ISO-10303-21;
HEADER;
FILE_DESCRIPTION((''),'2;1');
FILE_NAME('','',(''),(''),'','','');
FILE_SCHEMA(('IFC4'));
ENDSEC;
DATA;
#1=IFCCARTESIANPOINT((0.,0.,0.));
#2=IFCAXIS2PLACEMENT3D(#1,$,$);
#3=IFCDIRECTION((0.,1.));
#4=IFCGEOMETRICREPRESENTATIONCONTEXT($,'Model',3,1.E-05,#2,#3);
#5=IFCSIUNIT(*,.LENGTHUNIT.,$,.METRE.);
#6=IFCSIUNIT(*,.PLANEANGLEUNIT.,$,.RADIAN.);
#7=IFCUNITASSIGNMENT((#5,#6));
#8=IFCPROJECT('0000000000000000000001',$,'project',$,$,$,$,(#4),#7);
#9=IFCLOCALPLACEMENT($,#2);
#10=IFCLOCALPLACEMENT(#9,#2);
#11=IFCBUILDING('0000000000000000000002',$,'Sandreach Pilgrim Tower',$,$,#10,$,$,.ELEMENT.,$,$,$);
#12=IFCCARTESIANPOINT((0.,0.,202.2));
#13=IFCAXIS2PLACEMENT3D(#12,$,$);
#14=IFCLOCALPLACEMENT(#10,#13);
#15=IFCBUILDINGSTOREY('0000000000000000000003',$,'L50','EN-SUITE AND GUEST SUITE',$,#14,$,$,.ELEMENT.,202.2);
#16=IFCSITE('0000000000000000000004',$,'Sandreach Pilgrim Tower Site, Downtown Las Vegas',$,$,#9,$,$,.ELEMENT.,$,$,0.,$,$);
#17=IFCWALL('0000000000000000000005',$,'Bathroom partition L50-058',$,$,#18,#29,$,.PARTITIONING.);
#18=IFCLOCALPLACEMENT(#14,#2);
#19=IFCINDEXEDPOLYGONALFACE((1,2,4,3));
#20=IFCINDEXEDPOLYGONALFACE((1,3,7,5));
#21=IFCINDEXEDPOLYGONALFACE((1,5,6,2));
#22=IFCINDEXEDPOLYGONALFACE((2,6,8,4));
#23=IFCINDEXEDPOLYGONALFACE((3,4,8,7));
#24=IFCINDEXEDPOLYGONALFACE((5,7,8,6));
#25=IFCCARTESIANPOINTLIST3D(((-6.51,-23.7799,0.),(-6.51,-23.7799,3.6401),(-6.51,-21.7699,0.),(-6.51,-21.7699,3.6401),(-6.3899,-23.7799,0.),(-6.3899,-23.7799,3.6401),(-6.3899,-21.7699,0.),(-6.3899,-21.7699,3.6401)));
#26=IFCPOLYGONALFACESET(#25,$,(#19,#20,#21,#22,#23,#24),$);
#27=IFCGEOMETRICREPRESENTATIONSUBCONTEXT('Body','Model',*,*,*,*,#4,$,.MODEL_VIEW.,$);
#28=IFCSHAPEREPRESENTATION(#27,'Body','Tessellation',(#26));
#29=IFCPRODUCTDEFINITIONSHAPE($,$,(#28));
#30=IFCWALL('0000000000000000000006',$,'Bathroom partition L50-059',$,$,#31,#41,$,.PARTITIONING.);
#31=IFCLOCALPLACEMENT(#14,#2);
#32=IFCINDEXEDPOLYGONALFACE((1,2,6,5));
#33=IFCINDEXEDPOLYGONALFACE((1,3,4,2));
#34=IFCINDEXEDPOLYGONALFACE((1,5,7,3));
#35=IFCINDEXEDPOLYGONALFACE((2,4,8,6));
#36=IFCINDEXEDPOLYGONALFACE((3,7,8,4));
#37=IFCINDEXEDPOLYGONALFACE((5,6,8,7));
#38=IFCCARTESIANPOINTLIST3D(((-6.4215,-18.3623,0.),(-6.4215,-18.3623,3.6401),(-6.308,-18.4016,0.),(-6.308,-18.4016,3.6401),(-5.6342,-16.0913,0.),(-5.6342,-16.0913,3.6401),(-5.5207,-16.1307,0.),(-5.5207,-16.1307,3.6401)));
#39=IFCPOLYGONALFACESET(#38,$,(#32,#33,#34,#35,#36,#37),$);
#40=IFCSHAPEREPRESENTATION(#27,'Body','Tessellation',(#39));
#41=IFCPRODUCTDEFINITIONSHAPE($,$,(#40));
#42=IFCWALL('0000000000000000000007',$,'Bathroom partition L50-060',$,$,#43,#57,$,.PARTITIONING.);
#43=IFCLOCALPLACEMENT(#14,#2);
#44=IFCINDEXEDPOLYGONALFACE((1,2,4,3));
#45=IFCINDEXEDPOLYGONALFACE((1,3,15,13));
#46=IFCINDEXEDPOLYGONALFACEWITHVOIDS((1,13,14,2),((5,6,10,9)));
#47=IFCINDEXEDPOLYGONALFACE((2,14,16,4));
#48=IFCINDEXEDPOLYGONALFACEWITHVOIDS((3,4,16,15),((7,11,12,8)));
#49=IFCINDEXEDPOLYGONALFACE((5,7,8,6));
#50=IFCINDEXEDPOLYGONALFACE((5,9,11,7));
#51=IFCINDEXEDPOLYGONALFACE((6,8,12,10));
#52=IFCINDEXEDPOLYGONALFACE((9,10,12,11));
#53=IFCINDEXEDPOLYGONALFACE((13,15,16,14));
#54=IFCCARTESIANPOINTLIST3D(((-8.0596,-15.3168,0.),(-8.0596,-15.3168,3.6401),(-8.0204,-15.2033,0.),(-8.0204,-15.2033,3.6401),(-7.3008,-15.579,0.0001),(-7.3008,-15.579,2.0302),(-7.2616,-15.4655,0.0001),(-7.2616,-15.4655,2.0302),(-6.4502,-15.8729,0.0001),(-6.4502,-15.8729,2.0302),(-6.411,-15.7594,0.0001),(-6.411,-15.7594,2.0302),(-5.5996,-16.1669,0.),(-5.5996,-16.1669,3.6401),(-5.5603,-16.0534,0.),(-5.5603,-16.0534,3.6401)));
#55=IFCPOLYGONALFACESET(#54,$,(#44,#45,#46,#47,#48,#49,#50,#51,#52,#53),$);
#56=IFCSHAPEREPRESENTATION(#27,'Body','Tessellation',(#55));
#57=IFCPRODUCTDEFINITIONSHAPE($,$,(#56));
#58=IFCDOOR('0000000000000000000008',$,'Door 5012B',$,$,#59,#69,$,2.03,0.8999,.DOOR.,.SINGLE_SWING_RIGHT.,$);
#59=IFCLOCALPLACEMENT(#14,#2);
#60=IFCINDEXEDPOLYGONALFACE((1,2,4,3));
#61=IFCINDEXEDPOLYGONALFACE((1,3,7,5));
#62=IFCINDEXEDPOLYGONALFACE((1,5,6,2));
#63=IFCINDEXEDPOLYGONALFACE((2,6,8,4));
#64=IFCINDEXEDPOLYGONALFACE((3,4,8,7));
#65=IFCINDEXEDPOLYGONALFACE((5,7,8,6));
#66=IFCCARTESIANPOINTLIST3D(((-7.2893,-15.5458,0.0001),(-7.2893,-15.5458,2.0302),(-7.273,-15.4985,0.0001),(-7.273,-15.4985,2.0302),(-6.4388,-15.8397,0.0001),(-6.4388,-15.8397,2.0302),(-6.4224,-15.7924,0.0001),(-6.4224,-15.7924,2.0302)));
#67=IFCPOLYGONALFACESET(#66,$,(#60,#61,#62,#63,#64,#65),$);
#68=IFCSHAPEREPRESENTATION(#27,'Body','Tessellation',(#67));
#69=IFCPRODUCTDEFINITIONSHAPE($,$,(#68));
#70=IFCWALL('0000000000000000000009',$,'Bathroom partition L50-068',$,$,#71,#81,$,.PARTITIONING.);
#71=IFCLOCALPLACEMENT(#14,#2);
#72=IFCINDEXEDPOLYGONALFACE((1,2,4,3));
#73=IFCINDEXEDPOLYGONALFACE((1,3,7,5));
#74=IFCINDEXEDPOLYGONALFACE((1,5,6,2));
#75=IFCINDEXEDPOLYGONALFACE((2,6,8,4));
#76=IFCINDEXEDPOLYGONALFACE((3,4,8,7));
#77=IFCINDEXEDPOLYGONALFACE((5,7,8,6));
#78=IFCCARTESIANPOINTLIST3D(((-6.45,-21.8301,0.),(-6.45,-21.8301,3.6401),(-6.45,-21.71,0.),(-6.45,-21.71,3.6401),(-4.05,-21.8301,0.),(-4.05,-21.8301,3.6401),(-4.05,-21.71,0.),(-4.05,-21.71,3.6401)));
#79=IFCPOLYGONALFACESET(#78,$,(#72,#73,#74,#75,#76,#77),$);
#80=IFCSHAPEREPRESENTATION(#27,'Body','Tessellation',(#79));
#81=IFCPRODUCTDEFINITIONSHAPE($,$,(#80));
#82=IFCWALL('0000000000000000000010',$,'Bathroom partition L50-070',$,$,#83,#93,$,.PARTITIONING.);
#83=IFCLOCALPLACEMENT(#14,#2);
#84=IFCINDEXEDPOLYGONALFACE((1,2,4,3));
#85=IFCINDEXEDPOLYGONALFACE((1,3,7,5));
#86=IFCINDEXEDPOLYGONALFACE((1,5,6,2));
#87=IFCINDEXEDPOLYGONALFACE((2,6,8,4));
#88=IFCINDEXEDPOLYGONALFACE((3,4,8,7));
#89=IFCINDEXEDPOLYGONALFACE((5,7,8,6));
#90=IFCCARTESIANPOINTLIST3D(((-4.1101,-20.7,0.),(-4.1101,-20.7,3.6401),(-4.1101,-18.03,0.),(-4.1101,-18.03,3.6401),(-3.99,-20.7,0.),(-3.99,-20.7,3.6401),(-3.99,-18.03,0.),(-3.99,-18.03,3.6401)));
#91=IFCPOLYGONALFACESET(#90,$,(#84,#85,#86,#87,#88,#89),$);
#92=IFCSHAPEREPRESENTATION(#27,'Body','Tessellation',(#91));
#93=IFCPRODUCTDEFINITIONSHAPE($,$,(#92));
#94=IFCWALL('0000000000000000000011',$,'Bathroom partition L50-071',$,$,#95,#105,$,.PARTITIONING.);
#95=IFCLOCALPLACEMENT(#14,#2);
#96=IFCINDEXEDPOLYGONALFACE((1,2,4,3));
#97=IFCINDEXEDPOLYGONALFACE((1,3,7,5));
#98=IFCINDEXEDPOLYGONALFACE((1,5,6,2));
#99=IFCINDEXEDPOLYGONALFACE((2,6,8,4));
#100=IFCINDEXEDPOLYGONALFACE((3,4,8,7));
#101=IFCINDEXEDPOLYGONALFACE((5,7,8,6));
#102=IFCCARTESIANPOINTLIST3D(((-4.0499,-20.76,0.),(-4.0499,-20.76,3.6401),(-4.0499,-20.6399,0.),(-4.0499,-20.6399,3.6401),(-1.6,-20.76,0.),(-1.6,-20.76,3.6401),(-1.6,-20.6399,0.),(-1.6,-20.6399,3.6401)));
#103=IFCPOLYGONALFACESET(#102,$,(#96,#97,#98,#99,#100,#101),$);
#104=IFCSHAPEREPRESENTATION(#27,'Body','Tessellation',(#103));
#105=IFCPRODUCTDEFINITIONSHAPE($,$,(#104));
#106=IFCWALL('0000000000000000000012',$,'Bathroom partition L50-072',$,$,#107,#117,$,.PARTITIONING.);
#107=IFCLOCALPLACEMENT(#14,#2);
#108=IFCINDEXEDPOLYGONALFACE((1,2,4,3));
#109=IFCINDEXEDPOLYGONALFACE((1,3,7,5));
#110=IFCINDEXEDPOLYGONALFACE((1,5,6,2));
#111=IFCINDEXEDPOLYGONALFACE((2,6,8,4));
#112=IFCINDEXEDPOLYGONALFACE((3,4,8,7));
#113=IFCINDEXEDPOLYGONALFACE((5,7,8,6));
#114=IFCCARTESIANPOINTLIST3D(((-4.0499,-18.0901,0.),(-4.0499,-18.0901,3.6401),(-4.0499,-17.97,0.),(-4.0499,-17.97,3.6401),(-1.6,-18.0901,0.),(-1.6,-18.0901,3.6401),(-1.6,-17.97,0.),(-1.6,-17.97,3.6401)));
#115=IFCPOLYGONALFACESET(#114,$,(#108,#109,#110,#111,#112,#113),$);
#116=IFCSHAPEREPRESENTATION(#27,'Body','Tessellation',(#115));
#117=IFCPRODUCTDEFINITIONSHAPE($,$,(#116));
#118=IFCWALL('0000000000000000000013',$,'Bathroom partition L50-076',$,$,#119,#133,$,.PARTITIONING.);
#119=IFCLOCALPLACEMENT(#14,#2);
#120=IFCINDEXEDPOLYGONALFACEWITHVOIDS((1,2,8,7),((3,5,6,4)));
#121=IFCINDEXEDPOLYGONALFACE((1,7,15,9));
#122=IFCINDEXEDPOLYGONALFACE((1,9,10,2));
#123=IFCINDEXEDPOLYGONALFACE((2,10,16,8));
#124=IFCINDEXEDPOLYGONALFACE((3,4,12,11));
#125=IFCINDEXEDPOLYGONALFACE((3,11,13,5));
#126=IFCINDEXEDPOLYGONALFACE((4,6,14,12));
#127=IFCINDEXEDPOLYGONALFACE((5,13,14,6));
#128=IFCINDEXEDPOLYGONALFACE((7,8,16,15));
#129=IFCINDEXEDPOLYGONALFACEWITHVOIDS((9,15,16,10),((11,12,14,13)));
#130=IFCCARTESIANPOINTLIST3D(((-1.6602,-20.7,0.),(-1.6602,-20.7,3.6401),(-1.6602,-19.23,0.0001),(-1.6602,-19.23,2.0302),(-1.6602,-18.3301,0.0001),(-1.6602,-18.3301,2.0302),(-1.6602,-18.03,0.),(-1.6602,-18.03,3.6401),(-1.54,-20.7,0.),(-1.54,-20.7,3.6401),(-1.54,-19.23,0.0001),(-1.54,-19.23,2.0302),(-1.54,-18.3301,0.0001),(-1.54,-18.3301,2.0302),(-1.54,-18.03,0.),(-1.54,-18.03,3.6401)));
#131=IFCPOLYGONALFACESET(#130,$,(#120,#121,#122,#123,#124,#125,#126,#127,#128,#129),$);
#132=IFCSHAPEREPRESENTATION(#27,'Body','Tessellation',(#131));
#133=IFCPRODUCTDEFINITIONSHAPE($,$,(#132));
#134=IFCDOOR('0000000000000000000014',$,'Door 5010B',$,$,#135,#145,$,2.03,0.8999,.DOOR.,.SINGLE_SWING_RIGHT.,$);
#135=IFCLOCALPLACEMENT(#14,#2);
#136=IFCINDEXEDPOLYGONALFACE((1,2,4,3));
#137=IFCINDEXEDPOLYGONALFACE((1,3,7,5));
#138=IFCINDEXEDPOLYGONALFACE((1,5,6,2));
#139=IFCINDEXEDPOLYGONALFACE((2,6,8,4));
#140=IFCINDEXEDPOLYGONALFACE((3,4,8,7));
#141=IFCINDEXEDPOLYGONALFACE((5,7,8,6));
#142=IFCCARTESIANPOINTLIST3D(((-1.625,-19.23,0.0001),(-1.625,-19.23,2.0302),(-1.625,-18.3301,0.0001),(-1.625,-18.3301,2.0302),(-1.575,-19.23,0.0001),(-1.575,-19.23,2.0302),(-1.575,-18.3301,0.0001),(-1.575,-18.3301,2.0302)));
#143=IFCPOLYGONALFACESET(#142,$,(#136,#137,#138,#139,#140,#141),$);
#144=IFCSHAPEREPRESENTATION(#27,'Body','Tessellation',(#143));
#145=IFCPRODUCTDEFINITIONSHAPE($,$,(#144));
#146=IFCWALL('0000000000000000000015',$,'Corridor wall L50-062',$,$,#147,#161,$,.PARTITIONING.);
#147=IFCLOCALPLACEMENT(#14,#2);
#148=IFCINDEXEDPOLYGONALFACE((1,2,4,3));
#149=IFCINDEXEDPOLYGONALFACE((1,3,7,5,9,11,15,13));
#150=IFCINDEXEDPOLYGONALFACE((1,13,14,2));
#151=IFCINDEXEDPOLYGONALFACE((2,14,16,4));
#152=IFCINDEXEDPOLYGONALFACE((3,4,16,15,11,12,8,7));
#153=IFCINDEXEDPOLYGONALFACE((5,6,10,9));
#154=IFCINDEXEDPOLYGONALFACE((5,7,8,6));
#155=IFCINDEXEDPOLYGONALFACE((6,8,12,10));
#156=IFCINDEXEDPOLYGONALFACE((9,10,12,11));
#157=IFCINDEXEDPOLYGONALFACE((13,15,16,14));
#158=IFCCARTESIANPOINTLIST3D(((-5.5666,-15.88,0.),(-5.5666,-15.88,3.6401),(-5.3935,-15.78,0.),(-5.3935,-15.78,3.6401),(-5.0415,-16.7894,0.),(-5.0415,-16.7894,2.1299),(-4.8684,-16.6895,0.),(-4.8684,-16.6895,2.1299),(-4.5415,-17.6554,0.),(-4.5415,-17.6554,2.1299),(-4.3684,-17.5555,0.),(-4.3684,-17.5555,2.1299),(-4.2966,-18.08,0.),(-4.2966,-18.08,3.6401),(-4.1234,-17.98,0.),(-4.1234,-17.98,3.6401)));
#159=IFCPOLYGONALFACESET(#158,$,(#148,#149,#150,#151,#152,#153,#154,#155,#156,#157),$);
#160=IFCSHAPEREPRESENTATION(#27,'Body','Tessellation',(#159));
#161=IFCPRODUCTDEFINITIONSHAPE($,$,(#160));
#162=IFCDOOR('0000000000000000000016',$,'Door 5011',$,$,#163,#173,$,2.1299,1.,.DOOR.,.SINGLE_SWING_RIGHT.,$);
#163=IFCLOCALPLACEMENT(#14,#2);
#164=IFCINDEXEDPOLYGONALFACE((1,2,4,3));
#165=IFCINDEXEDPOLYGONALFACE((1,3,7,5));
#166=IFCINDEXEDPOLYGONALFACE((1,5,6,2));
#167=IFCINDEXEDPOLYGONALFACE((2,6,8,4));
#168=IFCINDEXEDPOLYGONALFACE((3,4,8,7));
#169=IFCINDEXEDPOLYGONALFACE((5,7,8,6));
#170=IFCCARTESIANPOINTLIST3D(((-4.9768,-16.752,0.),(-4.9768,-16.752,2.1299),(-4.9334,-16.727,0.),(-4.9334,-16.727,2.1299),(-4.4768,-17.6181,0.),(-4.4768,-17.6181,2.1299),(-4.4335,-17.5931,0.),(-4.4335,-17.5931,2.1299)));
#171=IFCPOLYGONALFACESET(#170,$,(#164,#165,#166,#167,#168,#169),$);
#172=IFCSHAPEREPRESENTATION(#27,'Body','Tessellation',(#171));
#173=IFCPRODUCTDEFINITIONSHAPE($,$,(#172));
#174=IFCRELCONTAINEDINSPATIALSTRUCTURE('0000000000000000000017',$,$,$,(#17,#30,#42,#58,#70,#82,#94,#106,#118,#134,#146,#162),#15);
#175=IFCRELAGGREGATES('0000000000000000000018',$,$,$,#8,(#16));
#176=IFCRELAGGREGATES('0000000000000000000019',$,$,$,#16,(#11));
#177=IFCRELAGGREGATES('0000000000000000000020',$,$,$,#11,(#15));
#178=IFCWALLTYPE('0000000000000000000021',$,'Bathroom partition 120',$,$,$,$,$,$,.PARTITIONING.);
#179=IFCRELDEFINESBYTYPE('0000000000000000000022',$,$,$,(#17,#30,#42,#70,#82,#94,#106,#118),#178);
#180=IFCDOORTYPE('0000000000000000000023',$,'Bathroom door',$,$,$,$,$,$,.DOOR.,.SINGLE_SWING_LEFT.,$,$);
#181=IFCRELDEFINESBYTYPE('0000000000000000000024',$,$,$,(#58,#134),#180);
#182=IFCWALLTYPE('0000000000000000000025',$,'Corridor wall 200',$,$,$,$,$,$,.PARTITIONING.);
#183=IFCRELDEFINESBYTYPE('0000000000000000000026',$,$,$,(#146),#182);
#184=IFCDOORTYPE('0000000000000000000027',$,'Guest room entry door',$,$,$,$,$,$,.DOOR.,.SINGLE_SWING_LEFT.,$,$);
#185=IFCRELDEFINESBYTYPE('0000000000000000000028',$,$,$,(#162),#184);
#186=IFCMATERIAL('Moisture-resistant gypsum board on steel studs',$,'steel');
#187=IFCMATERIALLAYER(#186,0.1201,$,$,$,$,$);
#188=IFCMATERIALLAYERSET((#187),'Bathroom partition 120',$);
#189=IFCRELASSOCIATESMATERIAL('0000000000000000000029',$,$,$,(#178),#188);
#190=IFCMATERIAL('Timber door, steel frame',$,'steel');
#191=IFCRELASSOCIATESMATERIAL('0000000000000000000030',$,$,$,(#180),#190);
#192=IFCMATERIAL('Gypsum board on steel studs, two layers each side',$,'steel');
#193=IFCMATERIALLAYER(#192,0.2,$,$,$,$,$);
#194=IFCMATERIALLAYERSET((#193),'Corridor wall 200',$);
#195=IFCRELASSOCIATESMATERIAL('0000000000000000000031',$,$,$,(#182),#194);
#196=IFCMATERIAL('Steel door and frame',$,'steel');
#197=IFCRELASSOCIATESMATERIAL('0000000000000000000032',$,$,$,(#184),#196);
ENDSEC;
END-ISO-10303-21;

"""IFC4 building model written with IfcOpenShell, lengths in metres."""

from ifc_helpers import new_model, si_unit, direction, frame, frame_2d, origin, place, context, subcontext, project, spatial, rectangle, extrude, material, layer, layer_set, type_object, element, fill, save


model = new_model("IFC4")

# Units and contexts
model_context = context("Model", 3, precision=1e-05, world=origin(), true_north=direction((0.0, 1.0)))
body_context = subcontext(model_context, "Body", "Model", "MODEL_VIEW")
ifc_project = project(units=[si_unit("LENGTHUNIT", "METRE"), si_unit("PLANEANGLEUNIT", "RADIAN")], contexts=[model_context])

# Site, building, storey
site_placement = place(None, origin())
site = spatial("IfcSite", under=ifc_project, at=site_placement, Name="Sandreach Pilgrim Tower Site, Downtown Las Vegas", CompositionType="ELEMENT", RefElevation=0.0)
building_placement = place(site_placement, origin())
building = spatial("IfcBuilding", under=site, at=building_placement, Name="Sandreach Pilgrim Tower", CompositionType="ELEMENT")
storey_placement = place(building_placement, frame((0.0, 0.0, 202.2)))
storey = spatial("IfcBuildingStorey", under=building, at=storey_placement, Name="L50", Description="EN-SUITE AND GUEST SUITE", CompositionType="ELEMENT", Elevation=202.2)

# Walls
ifc_material_1 = material(Name="Moisture-resistant gypsum board on steel studs", Category="steel")
ifc_layer_1 = layer(ifc_material_1, 0.1201)
ifc_layer_set_1 = layer_set([ifc_layer_1], Name="Bathroom partition 120")
wall_type_1 = type_object("IfcWallType", Name="Bathroom partition 120", PredefinedType="PARTITIONING", material=ifc_layer_set_1)
wall_1_placement = place(storey_placement, frame((-6.45, -21.77, 0.0), z_axis=(0.0, 0.0, 1.0), x_axis=(0.0, -1.0, 0.0)))
element("IfcWall", 1, at=wall_1_placement, inside=storey, type_object=wall_type_1, Name="Bathroom partition L50-058", PredefinedType="PARTITIONING", context=body_context, shape_type="SweptSolid", body=[
    extrude(rectangle(XDim=2.01, YDim=0.1201, at=frame_2d((1.0049, 0.0))), origin(), (0.0, 0.0, 1.0), 3.6401),
])
wall_2_placement = place(storey_placement, frame((-6.3647, -18.3818, 0.0), z_axis=(0.0, 0.0, 1.0), x_axis=(0.327571, 0.944827, 0.0)))
element("IfcWall", 2, at=wall_2_placement, inside=storey, type_object=wall_type_1, Name="Bathroom partition L50-059", PredefinedType="PARTITIONING", context=body_context, shape_type="SweptSolid", body=[
    extrude(rectangle(XDim=2.4036, YDim=0.1201, at=frame_2d((1.2017, 0.0))), origin(), (0.0, 0.0, 1.0), 3.6401),
])

# Wall, opening, door
wall_3_placement = place(storey_placement, frame((-5.5801, -16.1101, 0.0), z_axis=(0.0, 0.0, 1.0), x_axis=(-0.945155, 0.326621, 0.0)))
wall_3 = element("IfcWall", 3, at=wall_3_placement, inside=storey, type_object=wall_type_1, Name="Bathroom partition L50-060", PredefinedType="PARTITIONING", context=body_context, shape_type="SweptSolid", body=[
    extrude(rectangle(XDim=2.6028, YDim=0.1201, at=frame_2d((1.3013, 0.0))), origin(), (0.0, 0.0, 1.0), 3.6401),
])
opening_1_placement = place(wall_3_placement, frame((0.8999, 0.0, 0.0)))
opening_1 = element("IfcOpeningElement", 4, at=opening_1_placement, cuts=wall_3, PredefinedType="OPENING", context=body_context, shape_type="SweptSolid", body=[
    extrude(rectangle(XDim=0.8999, YDim=2.03, at=frame_2d((0.45, 1.0151))), frame((0.0, 0.0601, 0.0), z_axis=(0.0, -1.0, 0.0), x_axis=(1.0, 0.0, 0.0)), (0.0, 0.0, 1.0), 0.1201),
])
ifc_material_2 = material(Name="Timber door, steel frame", Category="steel")
door_type_1 = type_object("IfcDoorType", Name="Bathroom door", OperationType="SINGLE_SWING_LEFT", PredefinedType="DOOR", material=ifc_material_2)
door_1_placement = place(opening_1_placement, origin())
door_1 = element("IfcDoor", 5, at=door_1_placement, inside=storey, type_object=door_type_1, Name="Door 5012B", OperationType="SINGLE_SWING_RIGHT", OverallHeight=2.03, OverallWidth=0.8999, PredefinedType="DOOR", context=body_context, shape_type="SweptSolid", body=[
    extrude(rectangle(XDim=0.8999, YDim=2.03, at=frame_2d((0.45, 1.0151))), frame((0.0, 0.0249, 0.0), z_axis=(0.0, -1.0, 0.0), x_axis=(1.0, 0.0, 0.0)), (0.0, 0.0, 1.0), 0.05),
])
fill(opening_1, door_1)

# Walls
wall_4_placement = place(storey_placement, frame((-4.05, -21.77, 0.0), z_axis=(0.0, 0.0, 1.0), x_axis=(-1.0, 0.0, 0.0)))
element("IfcWall", 6, at=wall_4_placement, inside=storey, type_object=wall_type_1, Name="Bathroom partition L50-068", PredefinedType="PARTITIONING", context=body_context, shape_type="SweptSolid", body=[
    extrude(rectangle(XDim=2.3999, YDim=0.1201, at=frame_2d((1.2, 0.0))), origin(), (0.0, 0.0, 1.0), 3.6401),
])
wall_5_placement = place(storey_placement, frame((-4.05, -20.7, 0.0), z_axis=(0.0, 0.0, 1.0), x_axis=(0.0, 1.0, 0.0)))
element("IfcWall", 7, at=wall_5_placement, inside=storey, type_object=wall_type_1, Name="Bathroom partition L50-070", PredefinedType="PARTITIONING", context=body_context, shape_type="SweptSolid", body=[
    extrude(rectangle(XDim=2.6699, YDim=0.1201, at=frame_2d((1.335, 0.0))), origin(), (0.0, 0.0, 1.0), 3.6401),
])
for number, where, z_axis, x_axis, name in (
    (8, (-4.05, -20.7, 0.0), (0.0, 0.0, 1.0), (1.0, 0.0, 0.0), "Bathroom partition L50-071"),
    (9, (-4.05, -18.03, 0.0), (0.0, 0.0, 1.0), (1.0, 0.0, 0.0), "Bathroom partition L50-072"),
):
    element("IfcWall", number, at=place(storey_placement, frame(where, z_axis=z_axis, x_axis=x_axis)), inside=storey, type_object=wall_type_1, Name=name, PredefinedType="PARTITIONING", context=body_context, shape_type="SweptSolid", body=[
        extrude(rectangle(XDim=2.45, YDim=0.1201, at=frame_2d((1.2251, 0.0))), origin(), (0.0, 0.0, 1.0), 3.6401),
    ])

# Walls, openings, doors
wall_6_placement = place(storey_placement, frame((-1.6001, -20.7, 0.0), z_axis=(0.0, 0.0, 1.0), x_axis=(0.0, 1.0, 0.0)))
wall_6 = element("IfcWall", 10, at=wall_6_placement, inside=storey, type_object=wall_type_1, Name="Bathroom partition L50-076", PredefinedType="PARTITIONING", context=body_context, shape_type="SweptSolid", body=[
    extrude(rectangle(XDim=2.6699, YDim=0.1201, at=frame_2d((1.335, 0.0))), origin(), (0.0, 0.0, 1.0), 3.6401),
])
opening_2_placement = place(wall_6_placement, frame((1.47, 0.0, 0.0)))
opening_2 = element("IfcOpeningElement", 11, at=opening_2_placement, cuts=wall_6, PredefinedType="OPENING", context=body_context, shape_type="SweptSolid", body=[
    extrude(rectangle(XDim=0.8999, YDim=2.03, at=frame_2d((0.45, 1.0151))), frame((0.0, 0.0601, 0.0), z_axis=(0.0, -1.0, 0.0), x_axis=(1.0, 0.0, 0.0)), (0.0, 0.0, 1.0), 0.1201),
])
door_2_placement = place(opening_2_placement, origin())
door_2 = element("IfcDoor", 12, at=door_2_placement, inside=storey, type_object=door_type_1, Name="Door 5010B", OperationType="SINGLE_SWING_RIGHT", OverallHeight=2.03, OverallWidth=0.8999, PredefinedType="DOOR", context=body_context, shape_type="SweptSolid", body=[
    extrude(rectangle(XDim=0.8999, YDim=2.03, at=frame_2d((0.45, 1.0151))), frame((0.0, 0.0249, 0.0), z_axis=(0.0, -1.0, 0.0), x_axis=(1.0, 0.0, 0.0)), (0.0, 0.0, 1.0), 0.05),
])
fill(opening_2, door_2)
ifc_material_3 = material(Name="Gypsum board on steel studs, two layers each side", Category="steel")
ifc_layer_2 = layer(ifc_material_3, 0.2)
ifc_layer_set_2 = layer_set([ifc_layer_2], Name="Corridor wall 200")
wall_type_2 = type_object("IfcWallType", Name="Corridor wall 200", PredefinedType="PARTITIONING", material=ifc_layer_set_2)
wall_7_placement = place(storey_placement, frame((-5.48, -15.8301, 0.0), z_axis=(0.0, 0.0, 1.0), x_axis=(0.499964, -0.866046, 0.0)))
wall_7 = element("IfcWall", 13, at=wall_7_placement, inside=storey, type_object=wall_type_2, Name="Corridor wall L50-062", PredefinedType="PARTITIONING", context=body_context, shape_type="SweptSolid", body=[
    extrude(rectangle(XDim=2.5403, YDim=0.2, at=frame_2d((1.27, 0.0))), origin(), (0.0, 0.0, 1.0), 3.6401),
])
opening_3_placement = place(wall_7_placement, frame((1.05, 0.0, 0.0)))
opening_3 = element("IfcOpeningElement", 14, at=opening_3_placement, cuts=wall_7, PredefinedType="OPENING", context=body_context, shape_type="SweptSolid", body=[
    extrude(rectangle(XDim=1.0, YDim=2.1299, at=frame_2d((0.5, 1.0649))), frame((0.0, 0.1001, 0.0), z_axis=(0.0, -1.0, 0.0), x_axis=(1.0, 0.0, 0.0)), (0.0, 0.0, 1.0), 0.2),
])
ifc_material_4 = material(Name="Steel door and frame", Category="steel")
door_type_2 = type_object("IfcDoorType", Name="Guest room entry door", OperationType="SINGLE_SWING_LEFT", PredefinedType="DOOR", material=ifc_material_4)
door_3_placement = place(opening_3_placement, origin())
door_3 = element("IfcDoor", 15, at=door_3_placement, inside=storey, type_object=door_type_2, Name="Door 5011", OperationType="SINGLE_SWING_RIGHT", OverallHeight=2.1299, OverallWidth=1.0, PredefinedType="DOOR", context=body_context, shape_type="SweptSolid", body=[
    extrude(rectangle(XDim=1.0, YDim=2.1299, at=frame_2d((0.5, 1.0649))), frame((0.0, 0.0249, 0.0), z_axis=(0.0, -1.0, 0.0), x_axis=(1.0, 0.0, 0.0)), (0.0, 0.0, 1.0), 0.05),
])
fill(opening_3, door_3)

save(model, "model.ifc")
